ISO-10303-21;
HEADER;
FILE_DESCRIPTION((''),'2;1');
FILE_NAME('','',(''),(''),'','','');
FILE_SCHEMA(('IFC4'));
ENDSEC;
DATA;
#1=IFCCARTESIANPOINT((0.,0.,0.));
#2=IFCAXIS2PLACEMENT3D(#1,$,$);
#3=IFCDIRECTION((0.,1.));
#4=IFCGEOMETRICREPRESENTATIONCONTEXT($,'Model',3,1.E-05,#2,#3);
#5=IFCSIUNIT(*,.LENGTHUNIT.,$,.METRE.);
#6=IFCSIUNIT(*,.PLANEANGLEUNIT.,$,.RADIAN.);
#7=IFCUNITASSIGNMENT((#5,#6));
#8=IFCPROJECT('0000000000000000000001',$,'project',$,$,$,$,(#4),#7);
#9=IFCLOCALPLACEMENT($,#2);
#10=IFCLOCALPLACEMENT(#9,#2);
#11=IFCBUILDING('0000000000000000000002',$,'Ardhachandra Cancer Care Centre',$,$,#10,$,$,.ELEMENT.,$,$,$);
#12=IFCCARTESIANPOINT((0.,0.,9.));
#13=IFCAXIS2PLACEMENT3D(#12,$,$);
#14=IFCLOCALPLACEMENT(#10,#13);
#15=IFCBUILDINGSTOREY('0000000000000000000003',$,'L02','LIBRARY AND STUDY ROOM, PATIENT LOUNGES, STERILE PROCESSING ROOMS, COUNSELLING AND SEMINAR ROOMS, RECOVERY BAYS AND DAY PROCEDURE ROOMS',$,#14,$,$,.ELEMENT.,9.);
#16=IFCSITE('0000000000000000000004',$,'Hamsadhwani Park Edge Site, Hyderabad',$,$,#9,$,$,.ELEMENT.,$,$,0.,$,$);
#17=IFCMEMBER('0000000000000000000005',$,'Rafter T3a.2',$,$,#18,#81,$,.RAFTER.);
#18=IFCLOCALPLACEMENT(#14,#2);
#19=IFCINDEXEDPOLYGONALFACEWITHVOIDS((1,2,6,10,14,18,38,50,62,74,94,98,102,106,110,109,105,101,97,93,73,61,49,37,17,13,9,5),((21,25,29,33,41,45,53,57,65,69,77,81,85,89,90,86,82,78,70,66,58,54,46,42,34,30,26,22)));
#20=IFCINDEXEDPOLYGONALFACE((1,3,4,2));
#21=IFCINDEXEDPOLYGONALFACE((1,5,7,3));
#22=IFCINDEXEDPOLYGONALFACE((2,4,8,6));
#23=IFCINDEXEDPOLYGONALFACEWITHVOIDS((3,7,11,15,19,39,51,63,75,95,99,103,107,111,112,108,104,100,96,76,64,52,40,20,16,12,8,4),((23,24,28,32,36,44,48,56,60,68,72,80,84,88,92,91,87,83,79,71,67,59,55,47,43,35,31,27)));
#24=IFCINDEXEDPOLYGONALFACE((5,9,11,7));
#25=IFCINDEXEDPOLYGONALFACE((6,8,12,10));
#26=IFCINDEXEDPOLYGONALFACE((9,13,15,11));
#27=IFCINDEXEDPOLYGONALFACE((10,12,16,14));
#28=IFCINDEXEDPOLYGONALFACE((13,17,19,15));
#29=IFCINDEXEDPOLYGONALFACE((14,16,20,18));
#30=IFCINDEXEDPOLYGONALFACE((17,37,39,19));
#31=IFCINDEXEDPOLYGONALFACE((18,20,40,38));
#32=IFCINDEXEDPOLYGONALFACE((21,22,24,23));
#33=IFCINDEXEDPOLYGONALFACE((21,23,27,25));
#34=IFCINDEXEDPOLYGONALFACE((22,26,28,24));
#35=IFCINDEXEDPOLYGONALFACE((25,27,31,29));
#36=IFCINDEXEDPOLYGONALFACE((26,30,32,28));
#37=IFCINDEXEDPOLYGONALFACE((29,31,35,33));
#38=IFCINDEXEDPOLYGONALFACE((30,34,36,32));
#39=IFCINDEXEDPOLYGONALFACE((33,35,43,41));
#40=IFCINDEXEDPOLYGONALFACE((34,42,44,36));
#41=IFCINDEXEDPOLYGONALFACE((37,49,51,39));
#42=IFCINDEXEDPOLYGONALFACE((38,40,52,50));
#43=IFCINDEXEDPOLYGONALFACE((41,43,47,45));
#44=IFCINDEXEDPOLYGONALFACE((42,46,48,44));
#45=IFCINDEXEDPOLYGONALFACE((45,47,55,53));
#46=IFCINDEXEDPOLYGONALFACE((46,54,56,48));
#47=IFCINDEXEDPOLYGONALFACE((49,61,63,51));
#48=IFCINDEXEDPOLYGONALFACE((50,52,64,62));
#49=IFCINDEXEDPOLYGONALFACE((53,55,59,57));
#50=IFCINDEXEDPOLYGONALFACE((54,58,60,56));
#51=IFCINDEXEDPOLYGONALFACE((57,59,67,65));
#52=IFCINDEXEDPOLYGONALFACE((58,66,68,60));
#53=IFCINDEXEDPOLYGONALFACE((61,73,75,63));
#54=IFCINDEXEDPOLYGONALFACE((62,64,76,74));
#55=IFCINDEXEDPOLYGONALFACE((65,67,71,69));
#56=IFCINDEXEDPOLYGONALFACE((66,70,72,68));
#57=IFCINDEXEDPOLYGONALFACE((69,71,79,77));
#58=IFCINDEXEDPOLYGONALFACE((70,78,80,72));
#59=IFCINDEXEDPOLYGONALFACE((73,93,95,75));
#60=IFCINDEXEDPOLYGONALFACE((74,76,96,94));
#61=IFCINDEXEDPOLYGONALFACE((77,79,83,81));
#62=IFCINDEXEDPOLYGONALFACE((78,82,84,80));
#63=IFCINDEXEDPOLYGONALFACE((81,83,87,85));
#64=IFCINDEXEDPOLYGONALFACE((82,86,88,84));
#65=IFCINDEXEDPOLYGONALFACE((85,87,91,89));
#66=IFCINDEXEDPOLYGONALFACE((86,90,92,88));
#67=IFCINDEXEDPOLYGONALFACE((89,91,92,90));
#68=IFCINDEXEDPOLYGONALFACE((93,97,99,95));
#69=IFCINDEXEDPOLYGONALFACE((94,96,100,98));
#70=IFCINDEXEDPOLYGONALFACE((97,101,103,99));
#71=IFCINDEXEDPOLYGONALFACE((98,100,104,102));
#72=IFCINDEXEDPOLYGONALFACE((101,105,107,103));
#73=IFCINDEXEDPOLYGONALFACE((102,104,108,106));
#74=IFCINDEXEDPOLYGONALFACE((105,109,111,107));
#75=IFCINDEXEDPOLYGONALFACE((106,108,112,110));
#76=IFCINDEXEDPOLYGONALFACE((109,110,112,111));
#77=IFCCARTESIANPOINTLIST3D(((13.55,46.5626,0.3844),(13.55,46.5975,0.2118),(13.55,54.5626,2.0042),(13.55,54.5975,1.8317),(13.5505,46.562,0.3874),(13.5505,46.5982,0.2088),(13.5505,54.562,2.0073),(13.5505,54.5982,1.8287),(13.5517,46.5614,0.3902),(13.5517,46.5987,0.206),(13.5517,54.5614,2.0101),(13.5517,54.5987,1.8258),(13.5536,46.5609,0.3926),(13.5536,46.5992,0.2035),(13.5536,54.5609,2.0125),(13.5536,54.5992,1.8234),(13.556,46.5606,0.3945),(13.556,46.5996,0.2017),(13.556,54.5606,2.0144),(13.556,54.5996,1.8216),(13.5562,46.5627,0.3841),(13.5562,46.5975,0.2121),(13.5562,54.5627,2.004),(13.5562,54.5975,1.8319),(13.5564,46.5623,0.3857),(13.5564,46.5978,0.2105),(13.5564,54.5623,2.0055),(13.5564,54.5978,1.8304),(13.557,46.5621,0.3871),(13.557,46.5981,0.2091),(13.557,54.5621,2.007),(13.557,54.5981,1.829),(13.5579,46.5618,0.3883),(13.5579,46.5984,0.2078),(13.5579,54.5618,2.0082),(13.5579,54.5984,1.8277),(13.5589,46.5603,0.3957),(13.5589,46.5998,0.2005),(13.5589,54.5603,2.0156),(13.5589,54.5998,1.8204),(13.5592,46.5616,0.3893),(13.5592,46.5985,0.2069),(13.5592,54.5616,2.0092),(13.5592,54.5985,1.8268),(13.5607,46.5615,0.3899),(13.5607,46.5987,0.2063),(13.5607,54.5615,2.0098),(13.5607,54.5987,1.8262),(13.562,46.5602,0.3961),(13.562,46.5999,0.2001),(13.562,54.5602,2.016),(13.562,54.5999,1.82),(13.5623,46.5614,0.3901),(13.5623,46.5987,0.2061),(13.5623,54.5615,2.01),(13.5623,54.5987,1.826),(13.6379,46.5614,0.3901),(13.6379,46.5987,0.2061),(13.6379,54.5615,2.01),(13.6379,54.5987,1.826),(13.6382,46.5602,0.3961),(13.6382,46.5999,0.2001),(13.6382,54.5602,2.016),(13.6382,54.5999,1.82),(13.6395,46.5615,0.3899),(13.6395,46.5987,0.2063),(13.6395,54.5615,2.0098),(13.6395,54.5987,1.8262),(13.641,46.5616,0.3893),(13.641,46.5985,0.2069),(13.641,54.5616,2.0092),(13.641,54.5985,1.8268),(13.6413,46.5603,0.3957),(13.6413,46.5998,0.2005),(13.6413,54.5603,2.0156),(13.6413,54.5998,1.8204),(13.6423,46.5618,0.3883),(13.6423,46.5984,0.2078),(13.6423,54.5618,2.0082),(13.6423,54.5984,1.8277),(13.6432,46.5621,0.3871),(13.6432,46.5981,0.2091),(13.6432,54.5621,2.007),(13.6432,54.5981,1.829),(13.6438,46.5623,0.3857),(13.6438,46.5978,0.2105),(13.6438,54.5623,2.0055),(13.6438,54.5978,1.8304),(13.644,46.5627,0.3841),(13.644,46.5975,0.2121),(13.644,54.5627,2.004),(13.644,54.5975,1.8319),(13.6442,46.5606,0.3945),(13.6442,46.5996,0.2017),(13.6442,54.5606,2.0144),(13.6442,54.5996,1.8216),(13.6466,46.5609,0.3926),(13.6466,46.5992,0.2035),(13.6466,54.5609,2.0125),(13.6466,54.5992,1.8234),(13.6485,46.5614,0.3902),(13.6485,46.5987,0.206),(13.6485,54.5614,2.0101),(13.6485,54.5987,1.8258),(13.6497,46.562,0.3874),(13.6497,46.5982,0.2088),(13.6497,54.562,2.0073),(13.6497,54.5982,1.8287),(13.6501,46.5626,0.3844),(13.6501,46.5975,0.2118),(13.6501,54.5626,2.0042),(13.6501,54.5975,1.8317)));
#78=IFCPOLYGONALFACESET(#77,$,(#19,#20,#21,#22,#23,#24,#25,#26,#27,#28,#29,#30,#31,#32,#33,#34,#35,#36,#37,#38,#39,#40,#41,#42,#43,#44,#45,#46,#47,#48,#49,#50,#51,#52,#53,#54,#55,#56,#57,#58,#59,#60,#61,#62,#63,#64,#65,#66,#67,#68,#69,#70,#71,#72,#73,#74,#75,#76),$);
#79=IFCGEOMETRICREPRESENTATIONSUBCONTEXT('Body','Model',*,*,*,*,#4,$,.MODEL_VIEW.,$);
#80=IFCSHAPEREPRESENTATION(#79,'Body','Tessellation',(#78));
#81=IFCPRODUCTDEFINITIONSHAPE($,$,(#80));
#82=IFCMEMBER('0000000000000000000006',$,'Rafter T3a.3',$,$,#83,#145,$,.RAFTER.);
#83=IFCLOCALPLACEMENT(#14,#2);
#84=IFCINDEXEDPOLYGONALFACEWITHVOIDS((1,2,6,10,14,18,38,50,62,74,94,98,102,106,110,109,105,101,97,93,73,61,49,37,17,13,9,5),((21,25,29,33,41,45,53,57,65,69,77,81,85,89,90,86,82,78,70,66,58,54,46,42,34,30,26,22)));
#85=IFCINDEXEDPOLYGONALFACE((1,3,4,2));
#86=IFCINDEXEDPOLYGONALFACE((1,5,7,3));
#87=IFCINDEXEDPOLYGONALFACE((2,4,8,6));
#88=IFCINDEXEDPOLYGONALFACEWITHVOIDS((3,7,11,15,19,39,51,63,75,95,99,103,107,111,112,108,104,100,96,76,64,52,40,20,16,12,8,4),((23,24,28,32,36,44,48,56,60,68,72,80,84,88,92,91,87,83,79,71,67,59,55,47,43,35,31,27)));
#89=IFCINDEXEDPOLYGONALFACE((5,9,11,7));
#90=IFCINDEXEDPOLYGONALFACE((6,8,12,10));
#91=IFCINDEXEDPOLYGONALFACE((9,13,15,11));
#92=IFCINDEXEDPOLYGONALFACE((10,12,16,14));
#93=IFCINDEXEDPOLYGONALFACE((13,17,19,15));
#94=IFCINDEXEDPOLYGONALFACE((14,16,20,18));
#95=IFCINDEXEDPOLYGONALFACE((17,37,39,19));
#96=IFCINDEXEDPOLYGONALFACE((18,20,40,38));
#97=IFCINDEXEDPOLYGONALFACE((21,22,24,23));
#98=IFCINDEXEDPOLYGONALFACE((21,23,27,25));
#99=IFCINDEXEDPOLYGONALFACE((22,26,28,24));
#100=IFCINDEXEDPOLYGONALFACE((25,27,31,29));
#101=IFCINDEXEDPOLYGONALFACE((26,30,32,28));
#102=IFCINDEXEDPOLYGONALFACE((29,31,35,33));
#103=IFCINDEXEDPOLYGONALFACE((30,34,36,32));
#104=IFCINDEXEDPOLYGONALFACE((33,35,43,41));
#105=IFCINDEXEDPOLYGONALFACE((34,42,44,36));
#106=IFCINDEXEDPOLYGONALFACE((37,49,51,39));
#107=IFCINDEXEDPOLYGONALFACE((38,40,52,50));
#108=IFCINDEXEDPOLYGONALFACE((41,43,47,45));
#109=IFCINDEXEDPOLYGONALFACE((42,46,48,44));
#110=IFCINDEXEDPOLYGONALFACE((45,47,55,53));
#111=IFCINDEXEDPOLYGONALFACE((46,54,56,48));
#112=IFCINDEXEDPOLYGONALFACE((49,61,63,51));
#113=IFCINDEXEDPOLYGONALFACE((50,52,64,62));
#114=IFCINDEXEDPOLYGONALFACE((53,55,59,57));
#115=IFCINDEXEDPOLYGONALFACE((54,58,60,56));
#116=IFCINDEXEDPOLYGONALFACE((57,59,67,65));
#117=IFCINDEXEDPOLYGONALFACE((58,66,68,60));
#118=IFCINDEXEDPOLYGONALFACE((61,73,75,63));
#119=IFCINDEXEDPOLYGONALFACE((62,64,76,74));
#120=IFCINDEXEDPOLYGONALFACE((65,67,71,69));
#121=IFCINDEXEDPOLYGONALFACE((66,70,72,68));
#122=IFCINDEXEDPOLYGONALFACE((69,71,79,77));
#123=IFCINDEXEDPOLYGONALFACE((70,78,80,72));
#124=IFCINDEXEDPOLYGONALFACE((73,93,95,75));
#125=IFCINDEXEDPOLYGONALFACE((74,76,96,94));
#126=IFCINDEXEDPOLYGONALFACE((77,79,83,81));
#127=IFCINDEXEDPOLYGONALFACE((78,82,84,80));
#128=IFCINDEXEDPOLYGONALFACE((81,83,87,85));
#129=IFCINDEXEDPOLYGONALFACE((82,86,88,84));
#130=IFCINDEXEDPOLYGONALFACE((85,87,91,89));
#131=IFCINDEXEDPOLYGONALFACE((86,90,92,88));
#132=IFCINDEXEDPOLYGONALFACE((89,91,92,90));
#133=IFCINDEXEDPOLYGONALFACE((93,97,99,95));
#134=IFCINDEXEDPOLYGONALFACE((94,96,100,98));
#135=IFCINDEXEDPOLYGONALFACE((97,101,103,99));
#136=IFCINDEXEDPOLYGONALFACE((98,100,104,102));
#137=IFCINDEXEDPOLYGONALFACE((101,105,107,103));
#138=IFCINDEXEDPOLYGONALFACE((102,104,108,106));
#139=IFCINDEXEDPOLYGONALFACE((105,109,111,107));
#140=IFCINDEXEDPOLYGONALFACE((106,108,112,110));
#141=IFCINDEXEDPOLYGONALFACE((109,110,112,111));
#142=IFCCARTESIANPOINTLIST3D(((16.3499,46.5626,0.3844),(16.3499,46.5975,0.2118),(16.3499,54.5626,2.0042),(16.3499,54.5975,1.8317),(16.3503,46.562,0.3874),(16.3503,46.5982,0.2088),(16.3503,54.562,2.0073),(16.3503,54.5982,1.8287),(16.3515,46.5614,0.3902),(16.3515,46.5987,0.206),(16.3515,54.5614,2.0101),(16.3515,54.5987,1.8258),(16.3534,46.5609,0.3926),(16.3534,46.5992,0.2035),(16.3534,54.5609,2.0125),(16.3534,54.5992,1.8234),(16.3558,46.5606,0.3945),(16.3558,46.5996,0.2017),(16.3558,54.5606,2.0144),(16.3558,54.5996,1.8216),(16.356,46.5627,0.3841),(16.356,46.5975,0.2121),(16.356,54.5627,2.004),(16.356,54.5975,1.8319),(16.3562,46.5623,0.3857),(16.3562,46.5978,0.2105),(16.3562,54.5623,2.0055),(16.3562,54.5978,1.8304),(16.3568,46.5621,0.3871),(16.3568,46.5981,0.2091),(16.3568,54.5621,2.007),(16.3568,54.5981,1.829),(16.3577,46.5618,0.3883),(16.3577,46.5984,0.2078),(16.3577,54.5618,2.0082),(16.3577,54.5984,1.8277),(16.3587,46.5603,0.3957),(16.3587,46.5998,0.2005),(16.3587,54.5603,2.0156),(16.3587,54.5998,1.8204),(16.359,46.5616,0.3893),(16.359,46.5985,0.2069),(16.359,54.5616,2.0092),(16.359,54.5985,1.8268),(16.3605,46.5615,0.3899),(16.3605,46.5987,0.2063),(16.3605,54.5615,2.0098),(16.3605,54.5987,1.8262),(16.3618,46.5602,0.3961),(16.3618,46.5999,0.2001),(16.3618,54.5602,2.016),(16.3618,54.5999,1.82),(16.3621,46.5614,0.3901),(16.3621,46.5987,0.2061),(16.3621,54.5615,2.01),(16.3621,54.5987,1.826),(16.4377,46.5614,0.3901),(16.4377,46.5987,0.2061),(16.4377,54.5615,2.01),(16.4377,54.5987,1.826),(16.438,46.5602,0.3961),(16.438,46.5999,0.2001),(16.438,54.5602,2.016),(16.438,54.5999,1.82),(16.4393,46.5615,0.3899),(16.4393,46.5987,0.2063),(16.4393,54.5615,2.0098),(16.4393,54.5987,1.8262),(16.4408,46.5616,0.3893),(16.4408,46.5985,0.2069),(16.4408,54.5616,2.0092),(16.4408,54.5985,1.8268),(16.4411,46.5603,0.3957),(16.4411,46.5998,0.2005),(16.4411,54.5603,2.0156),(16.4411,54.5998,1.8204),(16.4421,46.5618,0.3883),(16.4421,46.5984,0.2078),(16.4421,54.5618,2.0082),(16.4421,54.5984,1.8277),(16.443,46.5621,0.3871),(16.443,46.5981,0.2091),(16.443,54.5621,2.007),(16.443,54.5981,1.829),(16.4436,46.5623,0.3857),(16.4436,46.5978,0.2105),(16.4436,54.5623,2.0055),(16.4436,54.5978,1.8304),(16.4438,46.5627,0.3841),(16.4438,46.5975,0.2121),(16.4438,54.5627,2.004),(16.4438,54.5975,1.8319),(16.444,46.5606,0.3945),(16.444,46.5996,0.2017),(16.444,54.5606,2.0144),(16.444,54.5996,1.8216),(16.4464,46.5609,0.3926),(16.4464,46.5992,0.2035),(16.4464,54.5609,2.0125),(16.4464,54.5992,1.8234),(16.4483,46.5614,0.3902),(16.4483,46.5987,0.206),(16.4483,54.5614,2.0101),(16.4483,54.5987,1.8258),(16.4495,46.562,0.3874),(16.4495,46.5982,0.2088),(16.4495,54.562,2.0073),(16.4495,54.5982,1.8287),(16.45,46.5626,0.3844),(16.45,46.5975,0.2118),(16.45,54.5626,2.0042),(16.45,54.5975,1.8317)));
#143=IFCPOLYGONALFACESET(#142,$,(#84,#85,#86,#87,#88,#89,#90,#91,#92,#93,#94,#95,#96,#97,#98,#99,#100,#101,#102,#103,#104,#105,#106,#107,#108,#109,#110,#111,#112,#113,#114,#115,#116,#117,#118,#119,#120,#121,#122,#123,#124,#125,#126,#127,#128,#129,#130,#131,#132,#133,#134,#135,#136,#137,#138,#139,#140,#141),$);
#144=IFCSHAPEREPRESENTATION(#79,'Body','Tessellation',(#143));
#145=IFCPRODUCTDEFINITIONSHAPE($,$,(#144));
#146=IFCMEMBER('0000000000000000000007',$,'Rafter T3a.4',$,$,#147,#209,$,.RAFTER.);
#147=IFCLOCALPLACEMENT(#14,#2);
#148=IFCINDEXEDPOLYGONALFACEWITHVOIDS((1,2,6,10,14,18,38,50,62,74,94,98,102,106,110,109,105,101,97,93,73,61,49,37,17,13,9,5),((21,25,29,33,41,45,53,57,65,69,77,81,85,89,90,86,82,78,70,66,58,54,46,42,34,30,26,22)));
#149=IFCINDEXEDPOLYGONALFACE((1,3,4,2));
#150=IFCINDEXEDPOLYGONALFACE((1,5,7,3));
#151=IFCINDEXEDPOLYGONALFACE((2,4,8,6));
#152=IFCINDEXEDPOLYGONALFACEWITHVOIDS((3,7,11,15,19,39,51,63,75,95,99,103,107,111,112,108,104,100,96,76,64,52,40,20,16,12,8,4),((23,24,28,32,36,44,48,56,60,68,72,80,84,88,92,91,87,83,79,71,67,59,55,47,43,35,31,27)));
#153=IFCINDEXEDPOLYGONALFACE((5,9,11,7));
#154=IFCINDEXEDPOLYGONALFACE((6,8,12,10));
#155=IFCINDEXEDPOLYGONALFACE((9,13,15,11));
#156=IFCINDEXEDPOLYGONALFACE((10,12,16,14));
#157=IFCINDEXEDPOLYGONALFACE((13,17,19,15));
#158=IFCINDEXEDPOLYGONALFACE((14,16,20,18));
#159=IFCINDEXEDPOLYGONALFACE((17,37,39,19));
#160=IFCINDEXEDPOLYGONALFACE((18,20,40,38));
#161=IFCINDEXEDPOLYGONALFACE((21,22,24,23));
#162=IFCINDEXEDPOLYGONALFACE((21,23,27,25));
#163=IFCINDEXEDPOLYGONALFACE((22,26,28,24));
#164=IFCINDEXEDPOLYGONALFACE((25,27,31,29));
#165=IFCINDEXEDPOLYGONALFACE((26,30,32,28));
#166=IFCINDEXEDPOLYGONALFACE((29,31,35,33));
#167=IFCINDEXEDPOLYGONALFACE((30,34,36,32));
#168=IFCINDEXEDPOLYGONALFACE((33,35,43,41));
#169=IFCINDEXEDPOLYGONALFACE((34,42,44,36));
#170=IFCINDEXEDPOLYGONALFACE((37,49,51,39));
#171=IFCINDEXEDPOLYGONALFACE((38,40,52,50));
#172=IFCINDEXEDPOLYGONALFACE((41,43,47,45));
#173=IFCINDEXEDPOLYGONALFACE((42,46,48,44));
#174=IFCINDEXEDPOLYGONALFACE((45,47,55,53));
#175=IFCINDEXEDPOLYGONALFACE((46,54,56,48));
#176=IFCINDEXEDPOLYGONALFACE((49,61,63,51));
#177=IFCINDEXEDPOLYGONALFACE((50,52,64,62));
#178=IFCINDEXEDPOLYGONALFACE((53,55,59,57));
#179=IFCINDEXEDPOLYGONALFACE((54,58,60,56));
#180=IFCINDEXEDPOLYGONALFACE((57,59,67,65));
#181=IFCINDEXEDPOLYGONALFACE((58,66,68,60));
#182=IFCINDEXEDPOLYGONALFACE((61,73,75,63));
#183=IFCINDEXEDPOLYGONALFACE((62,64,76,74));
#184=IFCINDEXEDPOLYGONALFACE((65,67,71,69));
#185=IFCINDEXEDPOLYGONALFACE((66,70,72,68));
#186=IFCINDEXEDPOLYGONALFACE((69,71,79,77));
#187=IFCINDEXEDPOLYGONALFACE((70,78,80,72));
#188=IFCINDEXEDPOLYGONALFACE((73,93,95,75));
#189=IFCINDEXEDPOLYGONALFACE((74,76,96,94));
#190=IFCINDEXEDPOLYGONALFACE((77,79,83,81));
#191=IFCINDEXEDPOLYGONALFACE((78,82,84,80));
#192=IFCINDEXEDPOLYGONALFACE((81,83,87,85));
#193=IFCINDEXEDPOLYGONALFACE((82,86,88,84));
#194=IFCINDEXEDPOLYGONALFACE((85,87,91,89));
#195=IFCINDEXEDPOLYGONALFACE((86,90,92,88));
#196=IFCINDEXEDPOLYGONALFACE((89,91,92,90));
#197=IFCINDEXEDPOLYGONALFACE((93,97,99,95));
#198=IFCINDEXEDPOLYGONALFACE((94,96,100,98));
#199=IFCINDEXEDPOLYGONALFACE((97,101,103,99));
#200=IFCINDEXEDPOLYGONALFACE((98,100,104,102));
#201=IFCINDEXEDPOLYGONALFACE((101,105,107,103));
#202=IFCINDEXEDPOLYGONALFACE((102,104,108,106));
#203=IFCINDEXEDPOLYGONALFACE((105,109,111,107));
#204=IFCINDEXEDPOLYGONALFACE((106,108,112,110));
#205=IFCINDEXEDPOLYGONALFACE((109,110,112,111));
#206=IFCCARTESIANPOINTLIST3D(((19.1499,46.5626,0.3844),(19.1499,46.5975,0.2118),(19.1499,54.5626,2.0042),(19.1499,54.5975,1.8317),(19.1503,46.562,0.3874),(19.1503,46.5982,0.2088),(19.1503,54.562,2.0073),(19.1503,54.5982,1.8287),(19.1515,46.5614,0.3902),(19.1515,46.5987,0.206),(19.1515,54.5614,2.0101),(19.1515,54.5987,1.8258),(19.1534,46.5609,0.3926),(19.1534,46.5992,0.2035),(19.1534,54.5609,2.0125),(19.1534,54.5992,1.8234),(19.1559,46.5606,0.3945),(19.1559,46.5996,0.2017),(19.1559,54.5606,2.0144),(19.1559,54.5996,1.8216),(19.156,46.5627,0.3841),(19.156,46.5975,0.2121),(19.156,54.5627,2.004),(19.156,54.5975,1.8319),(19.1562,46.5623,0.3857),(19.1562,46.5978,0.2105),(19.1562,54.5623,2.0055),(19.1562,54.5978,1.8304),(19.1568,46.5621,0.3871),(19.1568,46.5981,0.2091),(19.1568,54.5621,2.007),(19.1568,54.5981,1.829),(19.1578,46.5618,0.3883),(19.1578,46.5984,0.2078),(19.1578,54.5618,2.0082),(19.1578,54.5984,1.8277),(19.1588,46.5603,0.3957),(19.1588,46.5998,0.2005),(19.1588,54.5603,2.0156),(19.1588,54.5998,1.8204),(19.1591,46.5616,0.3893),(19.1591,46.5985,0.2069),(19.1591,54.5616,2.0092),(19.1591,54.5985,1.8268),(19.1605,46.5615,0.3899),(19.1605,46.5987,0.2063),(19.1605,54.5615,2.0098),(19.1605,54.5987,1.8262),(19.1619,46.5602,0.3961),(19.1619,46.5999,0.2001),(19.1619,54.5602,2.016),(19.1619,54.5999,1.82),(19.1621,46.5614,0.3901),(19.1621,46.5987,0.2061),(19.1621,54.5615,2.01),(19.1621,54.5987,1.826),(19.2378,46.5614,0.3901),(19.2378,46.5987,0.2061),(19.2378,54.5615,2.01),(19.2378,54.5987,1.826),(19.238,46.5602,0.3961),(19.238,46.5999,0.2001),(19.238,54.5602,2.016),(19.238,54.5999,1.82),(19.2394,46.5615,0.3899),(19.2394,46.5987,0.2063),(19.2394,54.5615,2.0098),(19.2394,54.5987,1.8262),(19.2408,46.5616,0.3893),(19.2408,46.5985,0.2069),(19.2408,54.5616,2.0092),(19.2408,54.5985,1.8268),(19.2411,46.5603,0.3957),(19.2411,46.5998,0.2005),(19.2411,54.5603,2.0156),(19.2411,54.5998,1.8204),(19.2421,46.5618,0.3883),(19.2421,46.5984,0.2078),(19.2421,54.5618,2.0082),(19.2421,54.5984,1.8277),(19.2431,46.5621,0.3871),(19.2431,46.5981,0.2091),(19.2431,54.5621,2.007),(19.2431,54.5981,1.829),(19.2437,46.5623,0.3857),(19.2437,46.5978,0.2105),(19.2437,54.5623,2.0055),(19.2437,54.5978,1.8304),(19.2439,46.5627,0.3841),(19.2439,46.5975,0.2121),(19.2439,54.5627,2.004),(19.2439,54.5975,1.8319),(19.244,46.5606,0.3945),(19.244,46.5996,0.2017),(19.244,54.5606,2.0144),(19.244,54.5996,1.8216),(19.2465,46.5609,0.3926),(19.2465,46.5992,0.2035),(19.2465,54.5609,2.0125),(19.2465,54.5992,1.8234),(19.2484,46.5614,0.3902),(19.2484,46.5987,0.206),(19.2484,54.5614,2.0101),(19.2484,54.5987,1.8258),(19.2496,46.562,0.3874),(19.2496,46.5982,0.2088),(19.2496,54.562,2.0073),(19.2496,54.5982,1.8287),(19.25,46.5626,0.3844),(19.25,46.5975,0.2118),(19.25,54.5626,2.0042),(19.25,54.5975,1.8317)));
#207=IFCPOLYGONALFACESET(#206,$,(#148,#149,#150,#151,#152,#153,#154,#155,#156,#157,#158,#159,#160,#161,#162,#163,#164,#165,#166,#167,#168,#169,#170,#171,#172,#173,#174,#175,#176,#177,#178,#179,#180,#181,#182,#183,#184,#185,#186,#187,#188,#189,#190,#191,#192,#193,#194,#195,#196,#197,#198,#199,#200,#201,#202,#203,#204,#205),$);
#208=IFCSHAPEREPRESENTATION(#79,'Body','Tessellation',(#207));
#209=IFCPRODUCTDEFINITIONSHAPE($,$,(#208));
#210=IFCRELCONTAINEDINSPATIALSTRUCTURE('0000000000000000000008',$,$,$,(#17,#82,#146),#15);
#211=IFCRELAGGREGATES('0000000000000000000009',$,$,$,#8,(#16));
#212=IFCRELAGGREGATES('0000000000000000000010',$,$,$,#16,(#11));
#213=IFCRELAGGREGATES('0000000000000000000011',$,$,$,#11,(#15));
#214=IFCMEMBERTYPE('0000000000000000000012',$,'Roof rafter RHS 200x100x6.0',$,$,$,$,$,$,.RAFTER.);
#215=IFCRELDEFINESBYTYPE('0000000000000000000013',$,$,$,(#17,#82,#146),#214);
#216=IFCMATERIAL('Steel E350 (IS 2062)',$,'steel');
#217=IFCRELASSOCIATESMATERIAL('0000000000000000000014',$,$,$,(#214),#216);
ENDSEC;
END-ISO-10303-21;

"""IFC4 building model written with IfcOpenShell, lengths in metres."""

from ifc_helpers import new_model, si_unit, direction, frame, origin, origin_2d, place, context, subcontext, project, spatial, hollow_rectangle, extrude, material, material_profile, profile_set, type_object, element, save


model = new_model("IFC4")

# Units and contexts
model_context = context("Model", 3, precision=1e-05, world=origin(), true_north=direction((0.0, 1.0)))
body_context = subcontext(model_context, "Body", "Model", "MODEL_VIEW")
ifc_project = project(units=[si_unit("LENGTHUNIT", "METRE"), si_unit("PLANEANGLEUNIT", "RADIAN")], contexts=[model_context])

# Site, building, storey
site_placement = place(None, origin())
site = spatial("IfcSite", under=ifc_project, at=site_placement, Name="Hamsadhwani Park Edge Site, Hyderabad", CompositionType="ELEMENT", RefElevation=0.0)
building_placement = place(site_placement, origin())
building = spatial("IfcBuilding", under=site, at=building_placement, Name="Ardhachandra Cancer Care Centre", CompositionType="ELEMENT")
storey_placement = place(building_placement, frame((0.0, 0.0, 9.0)))
storey = spatial("IfcBuildingStorey", under=building, at=storey_placement, Name="L02", Description="LIBRARY AND STUDY ROOM, PATIENT LOUNGES, STERILE PROCESSING ROOMS, COUNSELLING AND SEMINAR ROOMS, RECOVERY BAYS AND DAY PROCEDURE ROOMS", CompositionType="ELEMENT", Elevation=9.0)

# Members
ifc_material_1 = material(Name="Steel E350 (IS 2062)", Category="steel")
ifc_material_profile_1 = material_profile(ifc_material_1, hollow_rectangle(XDim=0.1001, YDim=0.2, WallThickness=0.0061, InnerFilletRadius=0.0061, OuterFilletRadius=0.012, at=origin_2d()), Name="RHS 200x100x6.0")
ifc_profile_set_1 = profile_set([ifc_material_profile_1], Name="Steel E350 (IS 2062)")
member_type_1 = type_object("IfcMemberType", Name="Roof rafter RHS 200x100x6.0", PredefinedType="RAFTER", material=ifc_profile_set_1)
for number, where, z_axis, x_axis, name in (
    (1, (13.6001, 46.5801, 0.2981), (0.0, 0.98011, 0.198457), (-1.0, 0.0, 0.0), "Rafter T3a.2"),
    (2, (16.3999, 46.5801, 0.2981), (0.0, 0.98011, 0.198457), (-1.0, 0.0, 0.0), "Rafter T3a.3"),
    (3, (19.2, 46.5801, 0.2981), (0.0, 0.98011, 0.198457), (-1.0, 0.0, 0.0), "Rafter T3a.4"),
):
    element("IfcMember", number, at=place(storey_placement, frame(where, z_axis=z_axis, x_axis=x_axis)), inside=storey, type_object=member_type_1, Name=name, PredefinedType="RAFTER", context=body_context, shape_type="SweptSolid", body=[
        extrude(hollow_rectangle(XDim=0.1001, YDim=0.2, WallThickness=0.0061, InnerFilletRadius=0.0061, OuterFilletRadius=0.012, at=origin_2d()), origin(), (0.0, 0.0, 1.0), 8.1624),
    ])

save(model, "model.ifc")
